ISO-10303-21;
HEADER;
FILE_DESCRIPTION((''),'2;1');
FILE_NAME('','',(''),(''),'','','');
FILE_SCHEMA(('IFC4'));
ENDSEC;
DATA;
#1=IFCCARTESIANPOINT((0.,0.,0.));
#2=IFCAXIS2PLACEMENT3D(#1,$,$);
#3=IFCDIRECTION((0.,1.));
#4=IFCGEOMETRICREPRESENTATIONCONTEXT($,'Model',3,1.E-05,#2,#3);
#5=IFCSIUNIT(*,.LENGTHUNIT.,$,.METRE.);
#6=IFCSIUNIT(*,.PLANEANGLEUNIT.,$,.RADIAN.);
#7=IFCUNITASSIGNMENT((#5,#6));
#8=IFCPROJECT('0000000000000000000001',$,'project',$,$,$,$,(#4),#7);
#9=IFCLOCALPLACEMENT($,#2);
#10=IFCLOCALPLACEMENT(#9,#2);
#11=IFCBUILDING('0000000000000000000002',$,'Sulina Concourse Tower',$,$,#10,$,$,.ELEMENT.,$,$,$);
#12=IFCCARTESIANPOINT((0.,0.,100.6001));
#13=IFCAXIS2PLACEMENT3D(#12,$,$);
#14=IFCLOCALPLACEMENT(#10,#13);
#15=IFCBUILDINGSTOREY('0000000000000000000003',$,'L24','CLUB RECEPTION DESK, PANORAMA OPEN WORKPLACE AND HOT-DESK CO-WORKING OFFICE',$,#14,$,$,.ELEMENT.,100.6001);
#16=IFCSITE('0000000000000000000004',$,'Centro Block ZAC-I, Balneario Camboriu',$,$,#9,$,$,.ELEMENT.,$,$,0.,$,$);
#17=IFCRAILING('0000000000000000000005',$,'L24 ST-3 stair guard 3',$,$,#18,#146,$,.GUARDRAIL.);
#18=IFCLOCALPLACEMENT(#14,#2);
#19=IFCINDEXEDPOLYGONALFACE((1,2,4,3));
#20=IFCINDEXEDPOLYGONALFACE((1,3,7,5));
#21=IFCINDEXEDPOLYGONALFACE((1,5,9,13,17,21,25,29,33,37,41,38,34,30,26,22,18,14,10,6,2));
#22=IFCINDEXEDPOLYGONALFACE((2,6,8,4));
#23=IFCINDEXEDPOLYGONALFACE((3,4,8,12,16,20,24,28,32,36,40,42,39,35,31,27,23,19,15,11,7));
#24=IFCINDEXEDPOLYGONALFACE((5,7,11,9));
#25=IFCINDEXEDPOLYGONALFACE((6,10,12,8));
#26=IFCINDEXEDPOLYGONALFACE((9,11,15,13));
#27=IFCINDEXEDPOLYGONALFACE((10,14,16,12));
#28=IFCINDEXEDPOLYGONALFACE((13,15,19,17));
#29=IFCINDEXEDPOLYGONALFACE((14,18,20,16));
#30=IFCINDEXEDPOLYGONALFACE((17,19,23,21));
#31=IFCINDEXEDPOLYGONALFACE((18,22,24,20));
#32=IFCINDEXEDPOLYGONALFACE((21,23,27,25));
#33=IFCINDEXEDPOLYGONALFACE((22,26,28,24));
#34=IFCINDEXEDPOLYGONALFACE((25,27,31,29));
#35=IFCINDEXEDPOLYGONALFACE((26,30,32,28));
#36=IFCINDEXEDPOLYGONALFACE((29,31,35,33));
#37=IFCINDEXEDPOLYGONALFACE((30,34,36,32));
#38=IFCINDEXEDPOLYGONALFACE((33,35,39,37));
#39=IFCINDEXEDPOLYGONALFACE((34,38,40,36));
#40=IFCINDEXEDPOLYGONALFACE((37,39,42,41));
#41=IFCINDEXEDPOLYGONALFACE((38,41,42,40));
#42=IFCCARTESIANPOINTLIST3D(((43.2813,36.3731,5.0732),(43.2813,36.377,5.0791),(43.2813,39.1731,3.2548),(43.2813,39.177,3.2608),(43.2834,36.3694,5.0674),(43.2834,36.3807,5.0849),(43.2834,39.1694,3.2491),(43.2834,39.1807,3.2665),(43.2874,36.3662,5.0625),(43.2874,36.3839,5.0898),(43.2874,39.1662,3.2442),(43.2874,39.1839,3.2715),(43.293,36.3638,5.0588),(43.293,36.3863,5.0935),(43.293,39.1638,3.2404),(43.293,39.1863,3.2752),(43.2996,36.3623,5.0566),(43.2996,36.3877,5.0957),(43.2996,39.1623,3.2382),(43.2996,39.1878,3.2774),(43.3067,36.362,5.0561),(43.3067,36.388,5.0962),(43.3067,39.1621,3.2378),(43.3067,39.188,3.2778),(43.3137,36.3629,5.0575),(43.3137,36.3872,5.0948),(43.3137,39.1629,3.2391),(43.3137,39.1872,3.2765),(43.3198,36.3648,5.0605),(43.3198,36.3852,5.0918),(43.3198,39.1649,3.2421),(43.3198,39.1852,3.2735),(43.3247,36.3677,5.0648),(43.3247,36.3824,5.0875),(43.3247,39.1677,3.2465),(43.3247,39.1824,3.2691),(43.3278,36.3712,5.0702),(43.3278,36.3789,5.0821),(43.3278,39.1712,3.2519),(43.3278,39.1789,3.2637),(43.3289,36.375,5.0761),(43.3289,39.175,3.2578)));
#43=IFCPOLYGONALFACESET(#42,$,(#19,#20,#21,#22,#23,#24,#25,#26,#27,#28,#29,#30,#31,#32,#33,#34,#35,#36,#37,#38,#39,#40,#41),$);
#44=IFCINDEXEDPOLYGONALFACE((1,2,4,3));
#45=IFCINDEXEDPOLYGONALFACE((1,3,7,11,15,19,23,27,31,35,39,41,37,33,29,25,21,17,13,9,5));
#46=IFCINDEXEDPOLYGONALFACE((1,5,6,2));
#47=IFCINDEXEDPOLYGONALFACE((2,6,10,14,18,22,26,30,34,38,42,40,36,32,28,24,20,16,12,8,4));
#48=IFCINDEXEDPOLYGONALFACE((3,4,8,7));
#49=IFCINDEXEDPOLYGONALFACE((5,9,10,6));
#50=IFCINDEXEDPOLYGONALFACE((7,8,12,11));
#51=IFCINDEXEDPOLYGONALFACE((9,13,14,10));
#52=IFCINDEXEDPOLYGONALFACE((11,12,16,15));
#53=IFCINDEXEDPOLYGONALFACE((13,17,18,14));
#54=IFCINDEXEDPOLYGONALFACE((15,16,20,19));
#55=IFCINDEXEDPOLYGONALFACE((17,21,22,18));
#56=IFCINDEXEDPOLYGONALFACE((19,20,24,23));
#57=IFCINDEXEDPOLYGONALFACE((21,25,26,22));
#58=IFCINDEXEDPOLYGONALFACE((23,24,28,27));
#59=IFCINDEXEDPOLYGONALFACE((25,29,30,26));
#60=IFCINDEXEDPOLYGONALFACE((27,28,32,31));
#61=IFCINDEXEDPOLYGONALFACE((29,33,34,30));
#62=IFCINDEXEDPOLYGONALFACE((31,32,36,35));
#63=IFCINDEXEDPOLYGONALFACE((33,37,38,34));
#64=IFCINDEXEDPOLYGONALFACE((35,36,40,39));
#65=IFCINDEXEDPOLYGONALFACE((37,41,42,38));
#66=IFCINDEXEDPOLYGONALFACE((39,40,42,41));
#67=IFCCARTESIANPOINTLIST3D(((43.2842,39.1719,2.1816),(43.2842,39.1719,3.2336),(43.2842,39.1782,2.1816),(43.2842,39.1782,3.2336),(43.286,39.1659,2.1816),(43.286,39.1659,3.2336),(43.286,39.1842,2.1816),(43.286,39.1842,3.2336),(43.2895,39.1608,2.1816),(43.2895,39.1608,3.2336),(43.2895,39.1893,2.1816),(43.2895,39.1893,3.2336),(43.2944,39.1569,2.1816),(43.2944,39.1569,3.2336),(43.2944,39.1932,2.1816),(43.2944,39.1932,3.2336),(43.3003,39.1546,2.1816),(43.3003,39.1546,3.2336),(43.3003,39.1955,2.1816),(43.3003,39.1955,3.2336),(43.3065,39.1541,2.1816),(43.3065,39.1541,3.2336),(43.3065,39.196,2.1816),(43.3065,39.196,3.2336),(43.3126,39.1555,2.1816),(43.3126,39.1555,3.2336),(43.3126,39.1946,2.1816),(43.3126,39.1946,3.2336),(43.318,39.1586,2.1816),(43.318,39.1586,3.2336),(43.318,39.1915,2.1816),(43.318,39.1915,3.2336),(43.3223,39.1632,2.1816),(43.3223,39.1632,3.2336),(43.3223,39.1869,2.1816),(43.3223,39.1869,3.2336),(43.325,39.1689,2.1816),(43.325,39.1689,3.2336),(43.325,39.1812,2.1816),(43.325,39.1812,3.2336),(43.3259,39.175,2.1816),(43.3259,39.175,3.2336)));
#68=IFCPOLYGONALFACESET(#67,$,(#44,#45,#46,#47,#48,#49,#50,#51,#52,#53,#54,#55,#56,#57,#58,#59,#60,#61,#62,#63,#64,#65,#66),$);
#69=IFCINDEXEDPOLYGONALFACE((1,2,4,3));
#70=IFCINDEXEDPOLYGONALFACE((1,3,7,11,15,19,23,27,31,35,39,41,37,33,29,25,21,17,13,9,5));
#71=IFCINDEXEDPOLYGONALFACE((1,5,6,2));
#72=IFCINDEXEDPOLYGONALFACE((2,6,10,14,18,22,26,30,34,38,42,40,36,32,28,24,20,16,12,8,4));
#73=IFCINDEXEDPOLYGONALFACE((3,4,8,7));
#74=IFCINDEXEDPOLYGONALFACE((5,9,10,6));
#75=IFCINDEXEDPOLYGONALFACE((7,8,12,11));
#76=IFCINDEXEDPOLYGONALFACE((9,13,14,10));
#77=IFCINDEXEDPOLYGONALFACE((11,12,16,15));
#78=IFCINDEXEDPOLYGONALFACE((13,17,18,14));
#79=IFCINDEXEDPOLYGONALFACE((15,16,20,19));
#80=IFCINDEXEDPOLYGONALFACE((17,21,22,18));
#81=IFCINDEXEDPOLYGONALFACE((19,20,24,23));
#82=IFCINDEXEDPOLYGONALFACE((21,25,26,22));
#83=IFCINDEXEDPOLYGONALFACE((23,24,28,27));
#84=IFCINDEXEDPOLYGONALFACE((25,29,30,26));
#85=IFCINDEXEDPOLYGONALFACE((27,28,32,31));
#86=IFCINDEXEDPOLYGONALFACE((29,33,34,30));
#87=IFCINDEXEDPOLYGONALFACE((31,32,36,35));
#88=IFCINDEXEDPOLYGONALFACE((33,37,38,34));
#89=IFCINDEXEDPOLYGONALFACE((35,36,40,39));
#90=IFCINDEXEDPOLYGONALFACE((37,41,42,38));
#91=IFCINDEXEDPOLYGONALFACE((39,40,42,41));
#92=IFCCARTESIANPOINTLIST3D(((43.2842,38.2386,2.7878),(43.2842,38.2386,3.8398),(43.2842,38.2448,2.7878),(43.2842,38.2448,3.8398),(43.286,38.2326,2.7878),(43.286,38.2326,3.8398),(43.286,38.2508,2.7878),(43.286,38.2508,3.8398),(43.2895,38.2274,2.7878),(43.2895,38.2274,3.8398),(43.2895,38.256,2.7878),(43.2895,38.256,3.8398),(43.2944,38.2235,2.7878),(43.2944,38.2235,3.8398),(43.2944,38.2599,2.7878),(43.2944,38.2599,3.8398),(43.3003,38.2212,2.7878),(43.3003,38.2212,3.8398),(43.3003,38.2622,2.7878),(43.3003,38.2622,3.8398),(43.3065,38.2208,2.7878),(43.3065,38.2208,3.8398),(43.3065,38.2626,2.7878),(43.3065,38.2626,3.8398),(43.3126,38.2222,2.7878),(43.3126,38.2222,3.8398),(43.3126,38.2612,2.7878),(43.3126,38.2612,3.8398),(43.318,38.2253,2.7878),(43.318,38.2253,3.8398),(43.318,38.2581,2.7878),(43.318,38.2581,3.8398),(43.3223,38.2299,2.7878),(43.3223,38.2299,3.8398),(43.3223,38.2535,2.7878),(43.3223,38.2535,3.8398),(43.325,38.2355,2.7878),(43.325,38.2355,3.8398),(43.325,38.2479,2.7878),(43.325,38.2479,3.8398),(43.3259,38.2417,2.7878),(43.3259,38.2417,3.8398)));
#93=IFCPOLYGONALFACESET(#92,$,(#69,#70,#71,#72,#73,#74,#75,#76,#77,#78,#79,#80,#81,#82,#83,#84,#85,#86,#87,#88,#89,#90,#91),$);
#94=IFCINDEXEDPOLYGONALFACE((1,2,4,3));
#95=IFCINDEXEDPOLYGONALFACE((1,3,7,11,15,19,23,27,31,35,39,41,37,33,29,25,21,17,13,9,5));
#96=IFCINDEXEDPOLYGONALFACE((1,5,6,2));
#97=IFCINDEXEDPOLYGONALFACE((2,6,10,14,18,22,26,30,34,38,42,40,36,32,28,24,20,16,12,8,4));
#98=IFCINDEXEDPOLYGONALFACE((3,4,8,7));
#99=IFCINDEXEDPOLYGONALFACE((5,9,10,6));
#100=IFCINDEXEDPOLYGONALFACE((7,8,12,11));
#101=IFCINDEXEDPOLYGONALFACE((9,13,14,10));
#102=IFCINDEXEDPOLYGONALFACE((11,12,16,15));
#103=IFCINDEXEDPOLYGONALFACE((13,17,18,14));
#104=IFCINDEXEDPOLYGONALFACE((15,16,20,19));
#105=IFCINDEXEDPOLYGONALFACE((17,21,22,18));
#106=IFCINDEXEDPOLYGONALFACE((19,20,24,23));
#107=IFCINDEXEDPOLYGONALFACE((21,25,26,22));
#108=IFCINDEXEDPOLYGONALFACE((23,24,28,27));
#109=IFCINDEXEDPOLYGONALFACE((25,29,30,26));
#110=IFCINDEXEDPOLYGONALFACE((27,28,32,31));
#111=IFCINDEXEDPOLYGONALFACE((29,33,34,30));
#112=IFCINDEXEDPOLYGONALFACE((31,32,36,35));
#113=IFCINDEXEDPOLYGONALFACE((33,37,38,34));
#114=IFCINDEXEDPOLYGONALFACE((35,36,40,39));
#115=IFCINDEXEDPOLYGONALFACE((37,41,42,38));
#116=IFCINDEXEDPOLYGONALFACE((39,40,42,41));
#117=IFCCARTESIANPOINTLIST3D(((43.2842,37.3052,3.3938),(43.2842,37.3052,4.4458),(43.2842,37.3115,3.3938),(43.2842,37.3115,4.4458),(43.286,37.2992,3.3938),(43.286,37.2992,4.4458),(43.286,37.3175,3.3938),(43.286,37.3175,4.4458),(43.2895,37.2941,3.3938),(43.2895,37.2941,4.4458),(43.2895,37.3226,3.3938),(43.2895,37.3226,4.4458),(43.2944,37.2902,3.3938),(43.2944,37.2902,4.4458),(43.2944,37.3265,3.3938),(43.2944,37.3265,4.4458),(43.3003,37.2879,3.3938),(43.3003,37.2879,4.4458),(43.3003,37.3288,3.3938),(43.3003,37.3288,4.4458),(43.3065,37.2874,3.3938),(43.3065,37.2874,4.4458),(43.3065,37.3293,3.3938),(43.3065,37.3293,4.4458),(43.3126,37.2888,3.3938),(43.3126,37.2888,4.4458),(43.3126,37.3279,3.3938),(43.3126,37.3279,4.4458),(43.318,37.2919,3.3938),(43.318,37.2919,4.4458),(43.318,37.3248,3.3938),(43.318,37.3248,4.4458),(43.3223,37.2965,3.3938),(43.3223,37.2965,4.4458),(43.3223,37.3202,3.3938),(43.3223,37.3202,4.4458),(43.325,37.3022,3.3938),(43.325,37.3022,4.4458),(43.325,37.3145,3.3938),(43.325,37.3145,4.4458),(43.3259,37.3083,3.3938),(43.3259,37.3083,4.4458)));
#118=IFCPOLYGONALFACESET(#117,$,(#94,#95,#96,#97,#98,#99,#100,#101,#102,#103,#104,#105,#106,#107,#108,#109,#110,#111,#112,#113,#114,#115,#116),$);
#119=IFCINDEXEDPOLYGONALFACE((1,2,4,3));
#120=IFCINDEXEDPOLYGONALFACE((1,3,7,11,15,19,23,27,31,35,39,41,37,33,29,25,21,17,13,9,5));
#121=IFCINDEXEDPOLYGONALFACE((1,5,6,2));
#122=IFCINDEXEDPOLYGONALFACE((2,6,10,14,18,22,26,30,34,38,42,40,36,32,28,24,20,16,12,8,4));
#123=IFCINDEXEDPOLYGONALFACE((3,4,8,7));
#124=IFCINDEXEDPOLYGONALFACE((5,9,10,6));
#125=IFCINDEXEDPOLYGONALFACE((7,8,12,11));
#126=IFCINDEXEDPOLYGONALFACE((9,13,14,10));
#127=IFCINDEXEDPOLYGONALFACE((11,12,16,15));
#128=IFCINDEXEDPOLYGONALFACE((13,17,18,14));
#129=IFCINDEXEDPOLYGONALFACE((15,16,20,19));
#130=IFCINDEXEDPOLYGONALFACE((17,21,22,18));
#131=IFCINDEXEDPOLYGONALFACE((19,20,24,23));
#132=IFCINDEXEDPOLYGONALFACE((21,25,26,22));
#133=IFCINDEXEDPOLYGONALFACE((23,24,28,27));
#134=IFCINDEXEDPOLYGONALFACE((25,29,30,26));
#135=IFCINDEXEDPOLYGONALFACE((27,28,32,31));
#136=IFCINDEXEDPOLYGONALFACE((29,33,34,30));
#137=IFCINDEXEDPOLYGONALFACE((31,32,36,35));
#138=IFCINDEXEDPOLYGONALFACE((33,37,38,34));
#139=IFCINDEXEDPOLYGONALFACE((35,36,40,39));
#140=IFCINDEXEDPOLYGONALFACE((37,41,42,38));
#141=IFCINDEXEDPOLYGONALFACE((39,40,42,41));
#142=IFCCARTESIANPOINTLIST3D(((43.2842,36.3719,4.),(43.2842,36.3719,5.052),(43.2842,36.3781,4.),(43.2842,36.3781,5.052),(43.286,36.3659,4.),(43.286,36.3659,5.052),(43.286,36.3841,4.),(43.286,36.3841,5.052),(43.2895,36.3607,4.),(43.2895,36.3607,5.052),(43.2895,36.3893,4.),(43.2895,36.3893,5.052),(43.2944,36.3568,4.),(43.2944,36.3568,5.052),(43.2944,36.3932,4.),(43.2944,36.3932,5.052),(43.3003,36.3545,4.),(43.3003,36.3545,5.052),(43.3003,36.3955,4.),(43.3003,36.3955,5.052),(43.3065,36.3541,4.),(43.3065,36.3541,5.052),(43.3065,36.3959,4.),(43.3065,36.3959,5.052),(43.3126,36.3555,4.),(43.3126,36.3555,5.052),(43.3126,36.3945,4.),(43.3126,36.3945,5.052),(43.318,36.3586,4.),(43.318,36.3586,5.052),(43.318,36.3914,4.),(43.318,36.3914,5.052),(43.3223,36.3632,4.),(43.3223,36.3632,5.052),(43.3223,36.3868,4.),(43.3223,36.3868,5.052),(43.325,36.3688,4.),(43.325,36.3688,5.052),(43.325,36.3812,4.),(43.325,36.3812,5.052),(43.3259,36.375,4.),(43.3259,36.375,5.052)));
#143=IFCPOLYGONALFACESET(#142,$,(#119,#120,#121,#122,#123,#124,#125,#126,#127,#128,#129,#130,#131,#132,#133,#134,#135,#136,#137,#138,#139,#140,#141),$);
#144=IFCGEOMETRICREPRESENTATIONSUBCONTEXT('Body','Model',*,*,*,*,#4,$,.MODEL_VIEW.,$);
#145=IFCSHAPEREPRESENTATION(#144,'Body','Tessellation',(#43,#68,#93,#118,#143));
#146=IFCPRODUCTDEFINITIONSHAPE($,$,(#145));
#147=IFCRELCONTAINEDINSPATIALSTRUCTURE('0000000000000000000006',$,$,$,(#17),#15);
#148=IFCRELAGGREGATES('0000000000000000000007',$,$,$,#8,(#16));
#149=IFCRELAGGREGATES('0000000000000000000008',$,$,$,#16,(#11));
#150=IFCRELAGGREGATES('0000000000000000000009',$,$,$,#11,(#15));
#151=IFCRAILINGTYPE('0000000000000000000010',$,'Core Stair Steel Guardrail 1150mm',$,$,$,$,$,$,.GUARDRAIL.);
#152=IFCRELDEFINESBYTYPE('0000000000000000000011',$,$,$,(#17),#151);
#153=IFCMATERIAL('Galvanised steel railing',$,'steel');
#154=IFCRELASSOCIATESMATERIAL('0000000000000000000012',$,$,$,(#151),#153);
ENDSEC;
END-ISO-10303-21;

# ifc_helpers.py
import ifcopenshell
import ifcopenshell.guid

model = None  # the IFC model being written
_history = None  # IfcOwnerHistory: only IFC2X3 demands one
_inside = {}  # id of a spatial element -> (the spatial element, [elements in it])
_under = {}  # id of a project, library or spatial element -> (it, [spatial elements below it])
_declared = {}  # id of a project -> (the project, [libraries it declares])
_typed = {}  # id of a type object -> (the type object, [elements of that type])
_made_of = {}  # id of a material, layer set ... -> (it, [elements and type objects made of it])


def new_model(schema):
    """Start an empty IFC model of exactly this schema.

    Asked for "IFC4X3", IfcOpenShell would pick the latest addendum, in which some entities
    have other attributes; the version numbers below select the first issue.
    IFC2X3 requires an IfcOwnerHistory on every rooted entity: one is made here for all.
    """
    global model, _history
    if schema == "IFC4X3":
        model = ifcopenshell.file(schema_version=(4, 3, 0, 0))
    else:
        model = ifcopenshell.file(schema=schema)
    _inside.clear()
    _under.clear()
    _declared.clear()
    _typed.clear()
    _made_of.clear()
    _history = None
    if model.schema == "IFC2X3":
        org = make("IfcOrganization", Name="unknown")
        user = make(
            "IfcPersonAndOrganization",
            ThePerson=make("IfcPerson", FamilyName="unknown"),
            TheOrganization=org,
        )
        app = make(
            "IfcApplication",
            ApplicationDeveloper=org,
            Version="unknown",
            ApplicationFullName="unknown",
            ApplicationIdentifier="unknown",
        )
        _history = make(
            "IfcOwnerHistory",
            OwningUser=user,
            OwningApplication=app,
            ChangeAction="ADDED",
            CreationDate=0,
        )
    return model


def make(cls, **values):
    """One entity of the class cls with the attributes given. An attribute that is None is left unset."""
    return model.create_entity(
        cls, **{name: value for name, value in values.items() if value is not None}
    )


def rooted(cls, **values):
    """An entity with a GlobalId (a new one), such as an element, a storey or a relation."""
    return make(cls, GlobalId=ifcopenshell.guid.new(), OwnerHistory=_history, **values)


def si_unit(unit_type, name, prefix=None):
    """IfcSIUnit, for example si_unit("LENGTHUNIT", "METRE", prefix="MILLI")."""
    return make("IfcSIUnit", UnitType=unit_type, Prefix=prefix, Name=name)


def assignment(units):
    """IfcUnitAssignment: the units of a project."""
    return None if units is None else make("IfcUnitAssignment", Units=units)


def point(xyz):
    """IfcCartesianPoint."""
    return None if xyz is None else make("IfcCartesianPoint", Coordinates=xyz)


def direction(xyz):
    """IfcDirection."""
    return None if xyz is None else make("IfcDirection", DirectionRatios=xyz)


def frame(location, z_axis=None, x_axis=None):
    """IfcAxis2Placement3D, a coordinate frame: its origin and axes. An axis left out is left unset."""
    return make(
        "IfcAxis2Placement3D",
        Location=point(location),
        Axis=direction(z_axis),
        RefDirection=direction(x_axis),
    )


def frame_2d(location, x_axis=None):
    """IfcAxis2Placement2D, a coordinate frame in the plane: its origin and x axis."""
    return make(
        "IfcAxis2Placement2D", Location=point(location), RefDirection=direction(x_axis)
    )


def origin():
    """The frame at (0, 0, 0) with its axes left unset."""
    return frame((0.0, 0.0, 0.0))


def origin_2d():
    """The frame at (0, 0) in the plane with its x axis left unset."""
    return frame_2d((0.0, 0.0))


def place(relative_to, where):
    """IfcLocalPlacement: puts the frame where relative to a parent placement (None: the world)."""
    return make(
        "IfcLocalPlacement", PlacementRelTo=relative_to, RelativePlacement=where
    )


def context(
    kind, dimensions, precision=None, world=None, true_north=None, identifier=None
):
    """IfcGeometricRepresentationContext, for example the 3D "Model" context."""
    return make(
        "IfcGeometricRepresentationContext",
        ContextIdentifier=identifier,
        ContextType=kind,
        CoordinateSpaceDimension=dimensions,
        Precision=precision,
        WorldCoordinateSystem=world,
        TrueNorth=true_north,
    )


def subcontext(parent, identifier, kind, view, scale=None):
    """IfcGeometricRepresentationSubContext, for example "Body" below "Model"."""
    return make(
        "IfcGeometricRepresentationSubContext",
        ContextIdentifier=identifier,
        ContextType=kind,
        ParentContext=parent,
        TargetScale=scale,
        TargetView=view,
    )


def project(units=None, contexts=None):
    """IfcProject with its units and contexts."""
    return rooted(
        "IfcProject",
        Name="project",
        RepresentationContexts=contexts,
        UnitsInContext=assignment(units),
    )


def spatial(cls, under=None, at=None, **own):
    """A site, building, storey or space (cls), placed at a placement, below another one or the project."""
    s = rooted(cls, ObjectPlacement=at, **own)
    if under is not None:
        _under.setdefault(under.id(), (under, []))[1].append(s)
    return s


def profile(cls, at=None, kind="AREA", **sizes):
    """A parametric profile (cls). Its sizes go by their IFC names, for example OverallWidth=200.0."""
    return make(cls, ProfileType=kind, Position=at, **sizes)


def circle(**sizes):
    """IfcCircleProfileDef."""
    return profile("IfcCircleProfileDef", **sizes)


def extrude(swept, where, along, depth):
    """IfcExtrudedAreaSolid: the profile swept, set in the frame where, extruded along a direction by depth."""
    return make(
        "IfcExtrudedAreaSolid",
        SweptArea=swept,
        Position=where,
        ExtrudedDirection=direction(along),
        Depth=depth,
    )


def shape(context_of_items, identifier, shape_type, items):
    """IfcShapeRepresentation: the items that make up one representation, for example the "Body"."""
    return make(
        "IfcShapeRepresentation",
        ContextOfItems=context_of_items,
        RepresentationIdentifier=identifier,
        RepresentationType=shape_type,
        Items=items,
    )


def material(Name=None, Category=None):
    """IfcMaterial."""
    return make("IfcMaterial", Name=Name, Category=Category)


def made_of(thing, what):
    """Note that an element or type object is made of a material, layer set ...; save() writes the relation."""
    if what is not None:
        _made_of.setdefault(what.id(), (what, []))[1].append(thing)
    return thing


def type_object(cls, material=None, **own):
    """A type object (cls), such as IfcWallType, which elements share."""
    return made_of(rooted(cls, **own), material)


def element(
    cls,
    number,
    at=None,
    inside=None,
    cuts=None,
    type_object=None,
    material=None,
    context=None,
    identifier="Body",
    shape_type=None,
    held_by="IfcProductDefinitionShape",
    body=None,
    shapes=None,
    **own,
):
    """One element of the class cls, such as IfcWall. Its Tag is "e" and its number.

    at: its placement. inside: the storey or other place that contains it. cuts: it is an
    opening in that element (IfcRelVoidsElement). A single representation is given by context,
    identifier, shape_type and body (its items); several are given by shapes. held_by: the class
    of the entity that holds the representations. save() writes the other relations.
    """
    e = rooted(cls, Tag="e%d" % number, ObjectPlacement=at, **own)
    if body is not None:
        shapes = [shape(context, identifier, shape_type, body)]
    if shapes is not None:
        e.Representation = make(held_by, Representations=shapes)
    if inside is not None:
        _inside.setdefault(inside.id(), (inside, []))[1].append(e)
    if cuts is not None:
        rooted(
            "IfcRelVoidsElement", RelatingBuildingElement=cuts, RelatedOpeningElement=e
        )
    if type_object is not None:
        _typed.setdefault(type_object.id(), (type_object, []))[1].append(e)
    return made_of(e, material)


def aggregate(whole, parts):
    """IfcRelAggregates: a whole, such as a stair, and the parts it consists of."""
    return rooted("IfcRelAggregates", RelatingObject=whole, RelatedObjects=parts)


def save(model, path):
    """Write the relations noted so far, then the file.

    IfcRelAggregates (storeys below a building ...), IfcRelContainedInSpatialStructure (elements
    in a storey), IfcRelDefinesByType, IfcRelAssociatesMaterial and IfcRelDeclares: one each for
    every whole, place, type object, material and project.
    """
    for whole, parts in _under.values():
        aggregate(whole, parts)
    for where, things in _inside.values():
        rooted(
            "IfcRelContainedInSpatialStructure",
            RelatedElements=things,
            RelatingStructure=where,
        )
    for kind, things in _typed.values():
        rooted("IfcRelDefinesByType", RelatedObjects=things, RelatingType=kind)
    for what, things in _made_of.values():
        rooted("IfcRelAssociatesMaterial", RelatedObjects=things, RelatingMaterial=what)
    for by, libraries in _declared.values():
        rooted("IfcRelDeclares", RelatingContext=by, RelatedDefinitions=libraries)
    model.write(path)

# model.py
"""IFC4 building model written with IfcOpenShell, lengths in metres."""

from ifc_helpers import new_model, si_unit, direction, frame, origin, origin_2d, place, context, subcontext, project, spatial, circle, extrude, material, type_object, element, save


model = new_model("IFC4")

# Units and contexts
model_context = context("Model", 3, precision=1e-05, world=origin(), true_north=direction((0.0, 1.0)))
body_context = subcontext(model_context, "Body", "Model", "MODEL_VIEW")
ifc_project = project(units=[si_unit("LENGTHUNIT", "METRE"), si_unit("PLANEANGLEUNIT", "RADIAN")], contexts=[model_context])

# Site, building, storey
site_placement = place(None, origin())
site = spatial("IfcSite", under=ifc_project, at=site_placement, Name="Centro Block ZAC-I, Balneario Camboriu", CompositionType="ELEMENT", RefElevation=0.0)
building_placement = place(site_placement, origin())
building = spatial("IfcBuilding", under=site, at=building_placement, Name="Sulina Concourse Tower", CompositionType="ELEMENT")
storey_placement = place(building_placement, frame((0.0, 0.0, 100.6001)))
storey = spatial("IfcBuildingStorey", under=building, at=storey_placement, Name="L24", Description="CLUB RECEPTION DESK, PANORAMA OPEN WORKPLACE AND HOT-DESK CO-WORKING OFFICE", CompositionType="ELEMENT", Elevation=100.6001)

# Railing
ifc_material_1 = material(Name="Galvanised steel railing", Category="steel")
railing_type_1 = type_object("IfcRailingType", Name="Core Stair Steel Guardrail 1150mm", PredefinedType="GUARDRAIL", material=ifc_material_1)
railing_1_placement = place(storey_placement, frame((43.3049, 39.175, 2.1816)))
element("IfcRailing", 1, at=railing_1_placement, inside=storey, type_object=railing_type_1, Name="L24 ST-3 stair guard 3", PredefinedType="GUARDRAIL", context=body_context, shape_type="SweptSolid", body=[
    extrude(circle(Radius=0.0239, at=origin_2d()), frame((0.0, 0.0, 1.0762), z_axis=(0.0, -0.838672, 0.544636), x_axis=(1.0, 0.0, 0.0)), (0.0, 0.0, 1.0), 3.3386),
    extrude(circle(Radius=0.021, at=origin_2d()), origin(), (0.0, 0.0, 1.0), 1.052),
    extrude(circle(Radius=0.021, at=origin_2d()), frame((0.0, -0.9333, 0.6062)), (0.0, 0.0, 1.0), 1.052),
    extrude(circle(Radius=0.021, at=origin_2d()), frame((0.0, -1.8667, 1.2122)), (0.0, 0.0, 1.0), 1.052),
    extrude(circle(Radius=0.021, at=origin_2d()), frame((0.0, -2.8, 1.8184)), (0.0, 0.0, 1.0), 1.052),
])

save(model, "model.ifc")
